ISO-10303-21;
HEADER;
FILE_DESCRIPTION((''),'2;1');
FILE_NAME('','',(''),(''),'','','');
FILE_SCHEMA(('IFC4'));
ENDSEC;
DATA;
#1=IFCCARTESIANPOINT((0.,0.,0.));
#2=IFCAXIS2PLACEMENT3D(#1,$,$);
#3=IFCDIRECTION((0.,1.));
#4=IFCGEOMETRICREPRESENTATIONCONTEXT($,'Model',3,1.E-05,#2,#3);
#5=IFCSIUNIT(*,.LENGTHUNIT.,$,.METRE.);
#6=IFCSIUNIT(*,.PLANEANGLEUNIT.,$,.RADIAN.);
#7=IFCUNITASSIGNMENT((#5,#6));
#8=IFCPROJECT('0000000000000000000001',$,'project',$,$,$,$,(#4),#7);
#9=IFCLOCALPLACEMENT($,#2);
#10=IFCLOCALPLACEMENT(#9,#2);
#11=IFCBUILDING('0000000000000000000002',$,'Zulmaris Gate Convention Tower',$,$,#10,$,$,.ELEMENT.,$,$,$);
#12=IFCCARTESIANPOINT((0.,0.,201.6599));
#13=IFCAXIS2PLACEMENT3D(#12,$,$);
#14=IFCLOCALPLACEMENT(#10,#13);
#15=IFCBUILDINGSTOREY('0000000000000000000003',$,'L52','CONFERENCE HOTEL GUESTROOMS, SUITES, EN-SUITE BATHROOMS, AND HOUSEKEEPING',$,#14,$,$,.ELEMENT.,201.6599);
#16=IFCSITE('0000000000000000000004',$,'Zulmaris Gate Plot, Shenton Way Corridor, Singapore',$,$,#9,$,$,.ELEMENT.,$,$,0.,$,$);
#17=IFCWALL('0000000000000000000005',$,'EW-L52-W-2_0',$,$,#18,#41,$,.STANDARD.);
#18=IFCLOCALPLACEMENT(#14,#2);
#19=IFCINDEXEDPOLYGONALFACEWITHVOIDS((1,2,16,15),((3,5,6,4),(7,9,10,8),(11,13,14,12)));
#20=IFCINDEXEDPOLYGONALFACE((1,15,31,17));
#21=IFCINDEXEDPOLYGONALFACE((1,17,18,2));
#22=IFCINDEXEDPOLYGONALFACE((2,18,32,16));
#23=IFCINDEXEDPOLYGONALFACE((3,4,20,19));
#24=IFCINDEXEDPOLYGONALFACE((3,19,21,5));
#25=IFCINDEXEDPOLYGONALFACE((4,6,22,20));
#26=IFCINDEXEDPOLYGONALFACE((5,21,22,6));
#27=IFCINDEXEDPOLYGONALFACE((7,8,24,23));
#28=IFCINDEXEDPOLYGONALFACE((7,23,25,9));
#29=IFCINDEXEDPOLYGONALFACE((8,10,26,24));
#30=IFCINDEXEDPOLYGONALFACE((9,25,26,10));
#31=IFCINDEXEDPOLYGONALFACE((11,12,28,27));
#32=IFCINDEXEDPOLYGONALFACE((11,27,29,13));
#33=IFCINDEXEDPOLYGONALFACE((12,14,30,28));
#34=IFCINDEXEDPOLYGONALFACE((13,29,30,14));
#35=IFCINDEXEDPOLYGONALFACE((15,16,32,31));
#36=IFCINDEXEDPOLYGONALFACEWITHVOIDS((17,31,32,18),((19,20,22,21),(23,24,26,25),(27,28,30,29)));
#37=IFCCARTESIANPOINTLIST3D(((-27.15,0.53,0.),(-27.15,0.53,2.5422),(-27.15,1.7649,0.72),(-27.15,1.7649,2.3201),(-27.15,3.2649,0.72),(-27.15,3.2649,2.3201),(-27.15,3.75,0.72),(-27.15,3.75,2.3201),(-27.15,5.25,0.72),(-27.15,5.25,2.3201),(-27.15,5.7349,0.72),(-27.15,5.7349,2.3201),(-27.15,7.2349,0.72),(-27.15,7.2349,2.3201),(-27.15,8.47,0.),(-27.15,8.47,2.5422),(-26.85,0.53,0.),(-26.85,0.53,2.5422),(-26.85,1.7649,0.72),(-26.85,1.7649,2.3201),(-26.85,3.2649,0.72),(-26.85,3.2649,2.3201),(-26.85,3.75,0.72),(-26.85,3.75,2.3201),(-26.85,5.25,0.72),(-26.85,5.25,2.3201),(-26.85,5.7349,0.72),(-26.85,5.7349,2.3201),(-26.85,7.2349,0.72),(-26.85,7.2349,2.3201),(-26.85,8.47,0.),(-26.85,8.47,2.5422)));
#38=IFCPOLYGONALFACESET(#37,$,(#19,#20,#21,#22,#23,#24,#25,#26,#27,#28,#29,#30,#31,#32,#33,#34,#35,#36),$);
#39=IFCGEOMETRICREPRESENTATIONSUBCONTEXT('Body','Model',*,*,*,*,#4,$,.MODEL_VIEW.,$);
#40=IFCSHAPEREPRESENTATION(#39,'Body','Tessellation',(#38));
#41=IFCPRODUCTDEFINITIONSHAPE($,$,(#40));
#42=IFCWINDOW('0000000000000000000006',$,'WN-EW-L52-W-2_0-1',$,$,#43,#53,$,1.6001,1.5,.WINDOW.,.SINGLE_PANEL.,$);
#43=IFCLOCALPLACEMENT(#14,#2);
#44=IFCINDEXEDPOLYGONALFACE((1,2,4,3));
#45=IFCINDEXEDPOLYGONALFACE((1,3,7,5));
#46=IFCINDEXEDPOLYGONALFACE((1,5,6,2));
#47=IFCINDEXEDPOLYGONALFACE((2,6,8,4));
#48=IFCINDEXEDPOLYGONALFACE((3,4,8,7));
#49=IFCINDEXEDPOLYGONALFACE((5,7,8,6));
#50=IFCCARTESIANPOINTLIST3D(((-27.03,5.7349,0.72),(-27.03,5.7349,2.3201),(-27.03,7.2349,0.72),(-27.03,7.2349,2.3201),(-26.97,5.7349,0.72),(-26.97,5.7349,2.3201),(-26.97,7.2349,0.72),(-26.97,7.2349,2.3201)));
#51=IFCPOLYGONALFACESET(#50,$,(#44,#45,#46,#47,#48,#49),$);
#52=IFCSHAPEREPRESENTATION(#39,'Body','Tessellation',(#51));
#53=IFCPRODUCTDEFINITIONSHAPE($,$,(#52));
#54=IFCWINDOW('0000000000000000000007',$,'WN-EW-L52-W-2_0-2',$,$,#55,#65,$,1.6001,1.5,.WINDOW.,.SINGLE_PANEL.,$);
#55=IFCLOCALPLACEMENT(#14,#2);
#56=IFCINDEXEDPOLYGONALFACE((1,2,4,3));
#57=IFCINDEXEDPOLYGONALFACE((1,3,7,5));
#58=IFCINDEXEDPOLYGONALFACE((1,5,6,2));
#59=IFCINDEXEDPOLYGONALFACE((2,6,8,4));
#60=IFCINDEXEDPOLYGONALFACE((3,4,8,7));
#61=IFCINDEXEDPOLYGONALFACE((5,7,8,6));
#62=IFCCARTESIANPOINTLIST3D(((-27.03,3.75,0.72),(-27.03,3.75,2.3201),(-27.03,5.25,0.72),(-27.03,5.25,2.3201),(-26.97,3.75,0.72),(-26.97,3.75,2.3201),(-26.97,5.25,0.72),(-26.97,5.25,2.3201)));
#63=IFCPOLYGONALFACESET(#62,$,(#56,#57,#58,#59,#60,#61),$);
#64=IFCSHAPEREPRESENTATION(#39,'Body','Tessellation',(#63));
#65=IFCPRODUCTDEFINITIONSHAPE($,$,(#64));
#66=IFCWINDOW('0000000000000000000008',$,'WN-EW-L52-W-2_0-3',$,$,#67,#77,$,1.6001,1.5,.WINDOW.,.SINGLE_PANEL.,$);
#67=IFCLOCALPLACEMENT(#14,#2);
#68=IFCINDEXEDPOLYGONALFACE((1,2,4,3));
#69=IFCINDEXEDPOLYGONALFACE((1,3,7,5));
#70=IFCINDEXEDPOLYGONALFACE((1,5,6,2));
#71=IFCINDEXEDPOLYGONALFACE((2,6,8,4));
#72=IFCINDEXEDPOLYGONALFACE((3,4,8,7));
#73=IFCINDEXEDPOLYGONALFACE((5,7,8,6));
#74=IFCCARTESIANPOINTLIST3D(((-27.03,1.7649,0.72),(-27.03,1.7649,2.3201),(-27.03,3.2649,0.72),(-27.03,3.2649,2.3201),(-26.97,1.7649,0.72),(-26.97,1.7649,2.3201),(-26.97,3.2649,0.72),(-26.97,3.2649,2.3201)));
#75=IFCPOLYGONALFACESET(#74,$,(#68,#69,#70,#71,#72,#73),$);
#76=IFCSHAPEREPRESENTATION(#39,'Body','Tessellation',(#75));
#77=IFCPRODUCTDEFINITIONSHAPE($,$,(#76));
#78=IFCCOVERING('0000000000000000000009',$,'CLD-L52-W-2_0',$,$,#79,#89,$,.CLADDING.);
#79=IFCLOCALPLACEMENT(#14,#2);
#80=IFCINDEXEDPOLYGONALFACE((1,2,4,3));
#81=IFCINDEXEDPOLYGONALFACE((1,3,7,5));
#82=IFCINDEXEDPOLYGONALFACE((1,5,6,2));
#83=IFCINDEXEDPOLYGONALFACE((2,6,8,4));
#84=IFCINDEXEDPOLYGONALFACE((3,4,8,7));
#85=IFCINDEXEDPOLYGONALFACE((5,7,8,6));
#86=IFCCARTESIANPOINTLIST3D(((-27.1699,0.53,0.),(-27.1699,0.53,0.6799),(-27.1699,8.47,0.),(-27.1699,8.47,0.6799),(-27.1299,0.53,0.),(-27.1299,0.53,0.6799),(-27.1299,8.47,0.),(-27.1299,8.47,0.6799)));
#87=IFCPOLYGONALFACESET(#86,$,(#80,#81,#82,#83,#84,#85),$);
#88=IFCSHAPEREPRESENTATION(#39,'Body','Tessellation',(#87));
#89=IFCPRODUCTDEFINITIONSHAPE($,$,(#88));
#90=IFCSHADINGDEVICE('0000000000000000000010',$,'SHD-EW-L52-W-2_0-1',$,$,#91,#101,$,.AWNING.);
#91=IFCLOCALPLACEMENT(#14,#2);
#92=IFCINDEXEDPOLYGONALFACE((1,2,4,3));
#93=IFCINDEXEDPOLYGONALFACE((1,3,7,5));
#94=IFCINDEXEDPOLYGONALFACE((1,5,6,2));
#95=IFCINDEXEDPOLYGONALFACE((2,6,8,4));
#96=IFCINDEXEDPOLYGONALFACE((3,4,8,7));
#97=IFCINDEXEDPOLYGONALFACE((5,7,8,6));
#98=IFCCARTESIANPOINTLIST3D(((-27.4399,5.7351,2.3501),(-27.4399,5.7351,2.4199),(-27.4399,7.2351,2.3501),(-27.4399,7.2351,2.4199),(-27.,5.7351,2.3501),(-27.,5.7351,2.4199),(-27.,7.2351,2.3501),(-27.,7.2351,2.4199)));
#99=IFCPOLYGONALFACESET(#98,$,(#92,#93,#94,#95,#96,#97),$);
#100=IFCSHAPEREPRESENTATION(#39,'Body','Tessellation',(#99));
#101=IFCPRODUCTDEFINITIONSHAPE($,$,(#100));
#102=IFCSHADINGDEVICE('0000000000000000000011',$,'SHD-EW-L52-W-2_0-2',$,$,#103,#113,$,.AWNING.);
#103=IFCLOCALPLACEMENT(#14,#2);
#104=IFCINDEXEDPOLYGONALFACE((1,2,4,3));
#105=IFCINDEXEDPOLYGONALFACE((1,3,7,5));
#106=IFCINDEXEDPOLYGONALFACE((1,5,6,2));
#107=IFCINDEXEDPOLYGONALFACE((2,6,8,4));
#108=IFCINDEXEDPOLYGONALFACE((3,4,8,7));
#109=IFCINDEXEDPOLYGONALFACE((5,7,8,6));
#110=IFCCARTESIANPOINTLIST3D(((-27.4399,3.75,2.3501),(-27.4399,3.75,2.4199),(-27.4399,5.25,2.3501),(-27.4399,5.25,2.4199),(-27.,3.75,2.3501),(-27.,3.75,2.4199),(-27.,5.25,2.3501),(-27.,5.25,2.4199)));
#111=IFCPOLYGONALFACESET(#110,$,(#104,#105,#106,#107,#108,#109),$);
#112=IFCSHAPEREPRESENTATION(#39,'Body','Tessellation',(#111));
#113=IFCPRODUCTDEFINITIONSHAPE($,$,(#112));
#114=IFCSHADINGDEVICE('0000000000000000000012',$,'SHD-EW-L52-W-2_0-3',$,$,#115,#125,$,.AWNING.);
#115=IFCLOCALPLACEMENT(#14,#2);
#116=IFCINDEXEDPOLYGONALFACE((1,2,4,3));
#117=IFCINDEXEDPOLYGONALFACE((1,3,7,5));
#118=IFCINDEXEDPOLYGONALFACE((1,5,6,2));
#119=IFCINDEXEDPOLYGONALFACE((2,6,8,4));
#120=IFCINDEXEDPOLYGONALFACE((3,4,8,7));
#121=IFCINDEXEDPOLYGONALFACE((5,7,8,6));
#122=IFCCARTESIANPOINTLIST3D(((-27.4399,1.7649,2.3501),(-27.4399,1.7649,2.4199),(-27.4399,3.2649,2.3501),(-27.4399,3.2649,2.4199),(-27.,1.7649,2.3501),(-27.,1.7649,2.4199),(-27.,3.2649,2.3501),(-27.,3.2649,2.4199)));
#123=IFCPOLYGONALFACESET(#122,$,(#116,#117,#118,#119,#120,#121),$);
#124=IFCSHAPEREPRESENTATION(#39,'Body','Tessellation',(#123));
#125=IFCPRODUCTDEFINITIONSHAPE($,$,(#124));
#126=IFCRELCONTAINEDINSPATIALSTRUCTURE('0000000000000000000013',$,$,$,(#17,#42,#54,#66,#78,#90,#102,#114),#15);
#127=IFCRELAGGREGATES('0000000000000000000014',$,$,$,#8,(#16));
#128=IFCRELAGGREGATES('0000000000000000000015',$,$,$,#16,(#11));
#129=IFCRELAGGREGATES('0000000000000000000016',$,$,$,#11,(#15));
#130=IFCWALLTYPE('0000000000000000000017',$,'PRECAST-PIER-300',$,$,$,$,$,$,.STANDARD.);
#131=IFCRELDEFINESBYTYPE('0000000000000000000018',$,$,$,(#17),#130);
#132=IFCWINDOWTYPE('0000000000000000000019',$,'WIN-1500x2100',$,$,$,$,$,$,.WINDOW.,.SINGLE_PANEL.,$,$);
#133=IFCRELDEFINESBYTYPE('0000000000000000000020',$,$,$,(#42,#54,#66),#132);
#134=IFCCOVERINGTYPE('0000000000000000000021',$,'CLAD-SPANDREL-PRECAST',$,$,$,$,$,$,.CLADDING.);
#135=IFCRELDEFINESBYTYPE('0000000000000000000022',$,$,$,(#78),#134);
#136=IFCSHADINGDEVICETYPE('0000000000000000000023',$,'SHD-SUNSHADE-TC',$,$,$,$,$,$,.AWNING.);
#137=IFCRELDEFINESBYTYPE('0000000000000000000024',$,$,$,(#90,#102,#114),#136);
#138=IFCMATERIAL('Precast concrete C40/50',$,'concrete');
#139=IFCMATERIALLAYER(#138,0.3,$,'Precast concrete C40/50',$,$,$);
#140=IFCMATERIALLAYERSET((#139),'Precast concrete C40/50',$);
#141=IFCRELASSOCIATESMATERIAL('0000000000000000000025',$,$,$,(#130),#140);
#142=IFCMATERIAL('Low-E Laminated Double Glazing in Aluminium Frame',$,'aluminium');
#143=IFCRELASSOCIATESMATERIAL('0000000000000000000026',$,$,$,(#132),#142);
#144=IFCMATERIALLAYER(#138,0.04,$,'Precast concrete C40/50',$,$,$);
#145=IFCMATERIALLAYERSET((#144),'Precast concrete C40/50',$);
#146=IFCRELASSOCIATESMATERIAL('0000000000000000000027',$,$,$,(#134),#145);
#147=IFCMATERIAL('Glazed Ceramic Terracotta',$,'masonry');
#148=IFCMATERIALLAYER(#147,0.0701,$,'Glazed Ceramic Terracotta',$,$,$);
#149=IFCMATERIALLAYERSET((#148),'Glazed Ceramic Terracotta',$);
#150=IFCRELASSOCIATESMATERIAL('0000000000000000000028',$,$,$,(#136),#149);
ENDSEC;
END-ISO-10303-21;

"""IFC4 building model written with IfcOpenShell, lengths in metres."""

from ifc_helpers import new_model, si_unit, direction, frame, frame_2d, origin, place, context, subcontext, project, spatial, rectangle, extrude, material, layer, layer_set, type_object, element, fill, save


model = new_model("IFC4")

# Units and contexts
model_context = context("Model", 3, precision=1e-05, world=origin(), true_north=direction((0.0, 1.0)))
body_context = subcontext(model_context, "Body", "Model", "MODEL_VIEW")
ifc_project = project(units=[si_unit("LENGTHUNIT", "METRE"), si_unit("PLANEANGLEUNIT", "RADIAN")], contexts=[model_context])

# Site, building, storey
site_placement = place(None, origin())
site = spatial("IfcSite", under=ifc_project, at=site_placement, Name="Zulmaris Gate Plot, Shenton Way Corridor, Singapore", CompositionType="ELEMENT", RefElevation=0.0)
building_placement = place(site_placement, origin())
building = spatial("IfcBuilding", under=site, at=building_placement, Name="Zulmaris Gate Convention Tower", CompositionType="ELEMENT")
storey_placement = place(building_placement, frame((0.0, 0.0, 201.6599)))
storey = spatial("IfcBuildingStorey", under=building, at=storey_placement, Name="L52", Description="CONFERENCE HOTEL GUESTROOMS, SUITES, EN-SUITE BATHROOMS, AND HOUSEKEEPING", CompositionType="ELEMENT", Elevation=201.6599)

# Wall, openings, windows
ifc_material_1 = material(Name="Precast concrete C40/50", Category="concrete")
ifc_layer_1 = layer(ifc_material_1, 0.3, Name="Precast concrete C40/50")
ifc_layer_set_1 = layer_set([ifc_layer_1], Name="Precast concrete C40/50")
wall_type_1 = type_object("IfcWallType", Name="PRECAST-PIER-300", PredefinedType="STANDARD", material=ifc_layer_set_1)
wall_1_placement = place(storey_placement, frame((-27.0, 8.47, 0.0), z_axis=(0.0, 0.0, 1.0), x_axis=(0.0, -1.0, 0.0)))
wall_1 = element("IfcWall", 1, at=wall_1_placement, inside=storey, type_object=wall_type_1, Name="EW-L52-W-2_0", PredefinedType="STANDARD", context=body_context, shape_type="SweptSolid", body=[
    extrude(rectangle(XDim=7.9399, YDim=0.3, at=frame_2d((3.97, 0.0))), origin(), (0.0, 0.0, 1.0), 2.5422),
])
opening_1_placement = place(wall_1_placement, frame((1.2351, 0.0, 0.72)))
opening_1 = element("IfcOpeningElement", 2, at=opening_1_placement, cuts=wall_1, PredefinedType="OPENING", context=body_context, shape_type="SweptSolid", body=[
    extrude(rectangle(XDim=1.5, YDim=1.6001, at=frame_2d((0.75, 0.8))), frame((0.0, 0.1602, 0.0), z_axis=(0.0, -1.0, 0.0), x_axis=(1.0, 0.0, 0.0)), (0.0, 0.0, 1.0), 0.3201),
])
opening_2_placement = place(wall_1_placement, frame((3.22, 0.0, 0.72)))
opening_2 = element("IfcOpeningElement", 3, at=opening_2_placement, cuts=wall_1, PredefinedType="OPENING", context=body_context, shape_type="SweptSolid", body=[
    extrude(rectangle(XDim=1.5, YDim=1.6001, at=frame_2d((0.75, 0.8))), frame((0.0, 0.1602, 0.0), z_axis=(0.0, -1.0, 0.0), x_axis=(1.0, 0.0, 0.0)), (0.0, 0.0, 1.0), 0.3201),
])
opening_3_placement = place(wall_1_placement, frame((5.2051, 0.0, 0.72)))
opening_3 = element("IfcOpeningElement", 4, at=opening_3_placement, cuts=wall_1, PredefinedType="OPENING", context=body_context, shape_type="SweptSolid", body=[
    extrude(rectangle(XDim=1.5, YDim=1.6001, at=frame_2d((0.75, 0.8))), frame((0.0, 0.1602, 0.0), z_axis=(0.0, -1.0, 0.0), x_axis=(1.0, 0.0, 0.0)), (0.0, 0.0, 1.0), 0.3201),
])
ifc_material_2 = material(Name="Low-E Laminated Double Glazing in Aluminium Frame", Category="aluminium")
window_type = type_object("IfcWindowType", Name="WIN-1500x2100", PartitioningType="SINGLE_PANEL", PredefinedType="WINDOW", material=ifc_material_2)
window_1_placement = place(opening_1_placement, origin())
window_1 = element("IfcWindow", 5, at=window_1_placement, inside=storey, type_object=window_type, Name="WN-EW-L52-W-2_0-1", OverallHeight=1.6001, OverallWidth=1.5, PartitioningType="SINGLE_PANEL", PredefinedType="WINDOW", context=body_context, shape_type="SweptSolid", body=[
    extrude(rectangle(XDim=1.5, YDim=1.6001, at=frame_2d((0.75, 0.8))), frame((0.0, 0.03, 0.0), z_axis=(0.0, -1.0, 0.0), x_axis=(1.0, 0.0, 0.0)), (0.0, 0.0, 1.0), 0.0601),
])
fill(opening_1, window_1)
window_2_placement = place(opening_2_placement, origin())
window_2 = element("IfcWindow", 6, at=window_2_placement, inside=storey, type_object=window_type, Name="WN-EW-L52-W-2_0-2", OverallHeight=1.6001, OverallWidth=1.5, PartitioningType="SINGLE_PANEL", PredefinedType="WINDOW", context=body_context, shape_type="SweptSolid", body=[
    extrude(rectangle(XDim=1.5, YDim=1.6001, at=frame_2d((0.75, 0.8))), frame((0.0, 0.03, 0.0), z_axis=(0.0, -1.0, 0.0), x_axis=(1.0, 0.0, 0.0)), (0.0, 0.0, 1.0), 0.0601),
])
fill(opening_2, window_2)
window_3_placement = place(opening_3_placement, origin())
window_3 = element("IfcWindow", 7, at=window_3_placement, inside=storey, type_object=window_type, Name="WN-EW-L52-W-2_0-3", OverallHeight=1.6001, OverallWidth=1.5, PartitioningType="SINGLE_PANEL", PredefinedType="WINDOW", context=body_context, shape_type="SweptSolid", body=[
    extrude(rectangle(XDim=1.5, YDim=1.6001, at=frame_2d((0.75, 0.8))), frame((0.0, 0.03, 0.0), z_axis=(0.0, -1.0, 0.0), x_axis=(1.0, 0.0, 0.0)), (0.0, 0.0, 1.0), 0.0601),
])
fill(opening_3, window_3)

# Covering
ifc_layer_2 = layer(ifc_material_1, 0.04, Name="Precast concrete C40/50")
ifc_layer_set_2 = layer_set([ifc_layer_2], Name="Precast concrete C40/50")
covering_type = type_object("IfcCoveringType", Name="CLAD-SPANDREL-PRECAST", PredefinedType="CLADDING", material=ifc_layer_set_2)
covering_placement = place(storey_placement, frame((-27.1499, 8.47, 0.0), z_axis=(0.0, 0.0, 1.0), x_axis=(0.0, -1.0, 0.0)))
element("IfcCovering", 8, at=covering_placement, inside=storey, type_object=covering_type, Name="CLD-L52-W-2_0", PredefinedType="CLADDING", context=body_context, shape_type="SweptSolid", body=[
    extrude(rectangle(XDim=7.9399, YDim=0.04, at=frame_2d((3.97, 0.0))), origin(), (0.0, 0.0, 1.0), 0.6799),
])

# Shading devices
ifc_material_3 = material(Name="Glazed Ceramic Terracotta", Category="masonry")
ifc_layer_3 = layer(ifc_material_3, 0.0701, Name="Glazed Ceramic Terracotta")
ifc_layer_set_3 = layer_set([ifc_layer_3], Name="Glazed Ceramic Terracotta")
shading_device_type = type_object("IfcShadingDeviceType", Name="SHD-SUNSHADE-TC", PredefinedType="AWNING", material=ifc_layer_set_3)
for number, where, z_axis, x_axis, name in (
    (9, (-27.22, 7.2351, 2.3501), (0.0, 0.0, 1.0), (0.0, -1.0, 0.0), "SHD-EW-L52-W-2_0-1"),
    (10, (-27.22, 5.25, 2.3501), (0.0, 0.0, 1.0), (0.0, -1.0, 0.0), "SHD-EW-L52-W-2_0-2"),
    (11, (-27.22, 3.2649, 2.3501), (0.0, 0.0, 1.0), (0.0, -1.0, 0.0), "SHD-EW-L52-W-2_0-3"),
):
    element("IfcShadingDevice", number, at=place(storey_placement, frame(where, z_axis=z_axis, x_axis=x_axis)), inside=storey, type_object=shading_device_type, Name=name, PredefinedType="AWNING", context=body_context, shape_type="SweptSolid", body=[
        extrude(rectangle(XDim=1.5, YDim=0.4399, at=frame_2d((0.75, 0.0))), origin(), (0.0, 0.0, 1.0), 0.0698),
    ])

save(model, "model.ifc")
